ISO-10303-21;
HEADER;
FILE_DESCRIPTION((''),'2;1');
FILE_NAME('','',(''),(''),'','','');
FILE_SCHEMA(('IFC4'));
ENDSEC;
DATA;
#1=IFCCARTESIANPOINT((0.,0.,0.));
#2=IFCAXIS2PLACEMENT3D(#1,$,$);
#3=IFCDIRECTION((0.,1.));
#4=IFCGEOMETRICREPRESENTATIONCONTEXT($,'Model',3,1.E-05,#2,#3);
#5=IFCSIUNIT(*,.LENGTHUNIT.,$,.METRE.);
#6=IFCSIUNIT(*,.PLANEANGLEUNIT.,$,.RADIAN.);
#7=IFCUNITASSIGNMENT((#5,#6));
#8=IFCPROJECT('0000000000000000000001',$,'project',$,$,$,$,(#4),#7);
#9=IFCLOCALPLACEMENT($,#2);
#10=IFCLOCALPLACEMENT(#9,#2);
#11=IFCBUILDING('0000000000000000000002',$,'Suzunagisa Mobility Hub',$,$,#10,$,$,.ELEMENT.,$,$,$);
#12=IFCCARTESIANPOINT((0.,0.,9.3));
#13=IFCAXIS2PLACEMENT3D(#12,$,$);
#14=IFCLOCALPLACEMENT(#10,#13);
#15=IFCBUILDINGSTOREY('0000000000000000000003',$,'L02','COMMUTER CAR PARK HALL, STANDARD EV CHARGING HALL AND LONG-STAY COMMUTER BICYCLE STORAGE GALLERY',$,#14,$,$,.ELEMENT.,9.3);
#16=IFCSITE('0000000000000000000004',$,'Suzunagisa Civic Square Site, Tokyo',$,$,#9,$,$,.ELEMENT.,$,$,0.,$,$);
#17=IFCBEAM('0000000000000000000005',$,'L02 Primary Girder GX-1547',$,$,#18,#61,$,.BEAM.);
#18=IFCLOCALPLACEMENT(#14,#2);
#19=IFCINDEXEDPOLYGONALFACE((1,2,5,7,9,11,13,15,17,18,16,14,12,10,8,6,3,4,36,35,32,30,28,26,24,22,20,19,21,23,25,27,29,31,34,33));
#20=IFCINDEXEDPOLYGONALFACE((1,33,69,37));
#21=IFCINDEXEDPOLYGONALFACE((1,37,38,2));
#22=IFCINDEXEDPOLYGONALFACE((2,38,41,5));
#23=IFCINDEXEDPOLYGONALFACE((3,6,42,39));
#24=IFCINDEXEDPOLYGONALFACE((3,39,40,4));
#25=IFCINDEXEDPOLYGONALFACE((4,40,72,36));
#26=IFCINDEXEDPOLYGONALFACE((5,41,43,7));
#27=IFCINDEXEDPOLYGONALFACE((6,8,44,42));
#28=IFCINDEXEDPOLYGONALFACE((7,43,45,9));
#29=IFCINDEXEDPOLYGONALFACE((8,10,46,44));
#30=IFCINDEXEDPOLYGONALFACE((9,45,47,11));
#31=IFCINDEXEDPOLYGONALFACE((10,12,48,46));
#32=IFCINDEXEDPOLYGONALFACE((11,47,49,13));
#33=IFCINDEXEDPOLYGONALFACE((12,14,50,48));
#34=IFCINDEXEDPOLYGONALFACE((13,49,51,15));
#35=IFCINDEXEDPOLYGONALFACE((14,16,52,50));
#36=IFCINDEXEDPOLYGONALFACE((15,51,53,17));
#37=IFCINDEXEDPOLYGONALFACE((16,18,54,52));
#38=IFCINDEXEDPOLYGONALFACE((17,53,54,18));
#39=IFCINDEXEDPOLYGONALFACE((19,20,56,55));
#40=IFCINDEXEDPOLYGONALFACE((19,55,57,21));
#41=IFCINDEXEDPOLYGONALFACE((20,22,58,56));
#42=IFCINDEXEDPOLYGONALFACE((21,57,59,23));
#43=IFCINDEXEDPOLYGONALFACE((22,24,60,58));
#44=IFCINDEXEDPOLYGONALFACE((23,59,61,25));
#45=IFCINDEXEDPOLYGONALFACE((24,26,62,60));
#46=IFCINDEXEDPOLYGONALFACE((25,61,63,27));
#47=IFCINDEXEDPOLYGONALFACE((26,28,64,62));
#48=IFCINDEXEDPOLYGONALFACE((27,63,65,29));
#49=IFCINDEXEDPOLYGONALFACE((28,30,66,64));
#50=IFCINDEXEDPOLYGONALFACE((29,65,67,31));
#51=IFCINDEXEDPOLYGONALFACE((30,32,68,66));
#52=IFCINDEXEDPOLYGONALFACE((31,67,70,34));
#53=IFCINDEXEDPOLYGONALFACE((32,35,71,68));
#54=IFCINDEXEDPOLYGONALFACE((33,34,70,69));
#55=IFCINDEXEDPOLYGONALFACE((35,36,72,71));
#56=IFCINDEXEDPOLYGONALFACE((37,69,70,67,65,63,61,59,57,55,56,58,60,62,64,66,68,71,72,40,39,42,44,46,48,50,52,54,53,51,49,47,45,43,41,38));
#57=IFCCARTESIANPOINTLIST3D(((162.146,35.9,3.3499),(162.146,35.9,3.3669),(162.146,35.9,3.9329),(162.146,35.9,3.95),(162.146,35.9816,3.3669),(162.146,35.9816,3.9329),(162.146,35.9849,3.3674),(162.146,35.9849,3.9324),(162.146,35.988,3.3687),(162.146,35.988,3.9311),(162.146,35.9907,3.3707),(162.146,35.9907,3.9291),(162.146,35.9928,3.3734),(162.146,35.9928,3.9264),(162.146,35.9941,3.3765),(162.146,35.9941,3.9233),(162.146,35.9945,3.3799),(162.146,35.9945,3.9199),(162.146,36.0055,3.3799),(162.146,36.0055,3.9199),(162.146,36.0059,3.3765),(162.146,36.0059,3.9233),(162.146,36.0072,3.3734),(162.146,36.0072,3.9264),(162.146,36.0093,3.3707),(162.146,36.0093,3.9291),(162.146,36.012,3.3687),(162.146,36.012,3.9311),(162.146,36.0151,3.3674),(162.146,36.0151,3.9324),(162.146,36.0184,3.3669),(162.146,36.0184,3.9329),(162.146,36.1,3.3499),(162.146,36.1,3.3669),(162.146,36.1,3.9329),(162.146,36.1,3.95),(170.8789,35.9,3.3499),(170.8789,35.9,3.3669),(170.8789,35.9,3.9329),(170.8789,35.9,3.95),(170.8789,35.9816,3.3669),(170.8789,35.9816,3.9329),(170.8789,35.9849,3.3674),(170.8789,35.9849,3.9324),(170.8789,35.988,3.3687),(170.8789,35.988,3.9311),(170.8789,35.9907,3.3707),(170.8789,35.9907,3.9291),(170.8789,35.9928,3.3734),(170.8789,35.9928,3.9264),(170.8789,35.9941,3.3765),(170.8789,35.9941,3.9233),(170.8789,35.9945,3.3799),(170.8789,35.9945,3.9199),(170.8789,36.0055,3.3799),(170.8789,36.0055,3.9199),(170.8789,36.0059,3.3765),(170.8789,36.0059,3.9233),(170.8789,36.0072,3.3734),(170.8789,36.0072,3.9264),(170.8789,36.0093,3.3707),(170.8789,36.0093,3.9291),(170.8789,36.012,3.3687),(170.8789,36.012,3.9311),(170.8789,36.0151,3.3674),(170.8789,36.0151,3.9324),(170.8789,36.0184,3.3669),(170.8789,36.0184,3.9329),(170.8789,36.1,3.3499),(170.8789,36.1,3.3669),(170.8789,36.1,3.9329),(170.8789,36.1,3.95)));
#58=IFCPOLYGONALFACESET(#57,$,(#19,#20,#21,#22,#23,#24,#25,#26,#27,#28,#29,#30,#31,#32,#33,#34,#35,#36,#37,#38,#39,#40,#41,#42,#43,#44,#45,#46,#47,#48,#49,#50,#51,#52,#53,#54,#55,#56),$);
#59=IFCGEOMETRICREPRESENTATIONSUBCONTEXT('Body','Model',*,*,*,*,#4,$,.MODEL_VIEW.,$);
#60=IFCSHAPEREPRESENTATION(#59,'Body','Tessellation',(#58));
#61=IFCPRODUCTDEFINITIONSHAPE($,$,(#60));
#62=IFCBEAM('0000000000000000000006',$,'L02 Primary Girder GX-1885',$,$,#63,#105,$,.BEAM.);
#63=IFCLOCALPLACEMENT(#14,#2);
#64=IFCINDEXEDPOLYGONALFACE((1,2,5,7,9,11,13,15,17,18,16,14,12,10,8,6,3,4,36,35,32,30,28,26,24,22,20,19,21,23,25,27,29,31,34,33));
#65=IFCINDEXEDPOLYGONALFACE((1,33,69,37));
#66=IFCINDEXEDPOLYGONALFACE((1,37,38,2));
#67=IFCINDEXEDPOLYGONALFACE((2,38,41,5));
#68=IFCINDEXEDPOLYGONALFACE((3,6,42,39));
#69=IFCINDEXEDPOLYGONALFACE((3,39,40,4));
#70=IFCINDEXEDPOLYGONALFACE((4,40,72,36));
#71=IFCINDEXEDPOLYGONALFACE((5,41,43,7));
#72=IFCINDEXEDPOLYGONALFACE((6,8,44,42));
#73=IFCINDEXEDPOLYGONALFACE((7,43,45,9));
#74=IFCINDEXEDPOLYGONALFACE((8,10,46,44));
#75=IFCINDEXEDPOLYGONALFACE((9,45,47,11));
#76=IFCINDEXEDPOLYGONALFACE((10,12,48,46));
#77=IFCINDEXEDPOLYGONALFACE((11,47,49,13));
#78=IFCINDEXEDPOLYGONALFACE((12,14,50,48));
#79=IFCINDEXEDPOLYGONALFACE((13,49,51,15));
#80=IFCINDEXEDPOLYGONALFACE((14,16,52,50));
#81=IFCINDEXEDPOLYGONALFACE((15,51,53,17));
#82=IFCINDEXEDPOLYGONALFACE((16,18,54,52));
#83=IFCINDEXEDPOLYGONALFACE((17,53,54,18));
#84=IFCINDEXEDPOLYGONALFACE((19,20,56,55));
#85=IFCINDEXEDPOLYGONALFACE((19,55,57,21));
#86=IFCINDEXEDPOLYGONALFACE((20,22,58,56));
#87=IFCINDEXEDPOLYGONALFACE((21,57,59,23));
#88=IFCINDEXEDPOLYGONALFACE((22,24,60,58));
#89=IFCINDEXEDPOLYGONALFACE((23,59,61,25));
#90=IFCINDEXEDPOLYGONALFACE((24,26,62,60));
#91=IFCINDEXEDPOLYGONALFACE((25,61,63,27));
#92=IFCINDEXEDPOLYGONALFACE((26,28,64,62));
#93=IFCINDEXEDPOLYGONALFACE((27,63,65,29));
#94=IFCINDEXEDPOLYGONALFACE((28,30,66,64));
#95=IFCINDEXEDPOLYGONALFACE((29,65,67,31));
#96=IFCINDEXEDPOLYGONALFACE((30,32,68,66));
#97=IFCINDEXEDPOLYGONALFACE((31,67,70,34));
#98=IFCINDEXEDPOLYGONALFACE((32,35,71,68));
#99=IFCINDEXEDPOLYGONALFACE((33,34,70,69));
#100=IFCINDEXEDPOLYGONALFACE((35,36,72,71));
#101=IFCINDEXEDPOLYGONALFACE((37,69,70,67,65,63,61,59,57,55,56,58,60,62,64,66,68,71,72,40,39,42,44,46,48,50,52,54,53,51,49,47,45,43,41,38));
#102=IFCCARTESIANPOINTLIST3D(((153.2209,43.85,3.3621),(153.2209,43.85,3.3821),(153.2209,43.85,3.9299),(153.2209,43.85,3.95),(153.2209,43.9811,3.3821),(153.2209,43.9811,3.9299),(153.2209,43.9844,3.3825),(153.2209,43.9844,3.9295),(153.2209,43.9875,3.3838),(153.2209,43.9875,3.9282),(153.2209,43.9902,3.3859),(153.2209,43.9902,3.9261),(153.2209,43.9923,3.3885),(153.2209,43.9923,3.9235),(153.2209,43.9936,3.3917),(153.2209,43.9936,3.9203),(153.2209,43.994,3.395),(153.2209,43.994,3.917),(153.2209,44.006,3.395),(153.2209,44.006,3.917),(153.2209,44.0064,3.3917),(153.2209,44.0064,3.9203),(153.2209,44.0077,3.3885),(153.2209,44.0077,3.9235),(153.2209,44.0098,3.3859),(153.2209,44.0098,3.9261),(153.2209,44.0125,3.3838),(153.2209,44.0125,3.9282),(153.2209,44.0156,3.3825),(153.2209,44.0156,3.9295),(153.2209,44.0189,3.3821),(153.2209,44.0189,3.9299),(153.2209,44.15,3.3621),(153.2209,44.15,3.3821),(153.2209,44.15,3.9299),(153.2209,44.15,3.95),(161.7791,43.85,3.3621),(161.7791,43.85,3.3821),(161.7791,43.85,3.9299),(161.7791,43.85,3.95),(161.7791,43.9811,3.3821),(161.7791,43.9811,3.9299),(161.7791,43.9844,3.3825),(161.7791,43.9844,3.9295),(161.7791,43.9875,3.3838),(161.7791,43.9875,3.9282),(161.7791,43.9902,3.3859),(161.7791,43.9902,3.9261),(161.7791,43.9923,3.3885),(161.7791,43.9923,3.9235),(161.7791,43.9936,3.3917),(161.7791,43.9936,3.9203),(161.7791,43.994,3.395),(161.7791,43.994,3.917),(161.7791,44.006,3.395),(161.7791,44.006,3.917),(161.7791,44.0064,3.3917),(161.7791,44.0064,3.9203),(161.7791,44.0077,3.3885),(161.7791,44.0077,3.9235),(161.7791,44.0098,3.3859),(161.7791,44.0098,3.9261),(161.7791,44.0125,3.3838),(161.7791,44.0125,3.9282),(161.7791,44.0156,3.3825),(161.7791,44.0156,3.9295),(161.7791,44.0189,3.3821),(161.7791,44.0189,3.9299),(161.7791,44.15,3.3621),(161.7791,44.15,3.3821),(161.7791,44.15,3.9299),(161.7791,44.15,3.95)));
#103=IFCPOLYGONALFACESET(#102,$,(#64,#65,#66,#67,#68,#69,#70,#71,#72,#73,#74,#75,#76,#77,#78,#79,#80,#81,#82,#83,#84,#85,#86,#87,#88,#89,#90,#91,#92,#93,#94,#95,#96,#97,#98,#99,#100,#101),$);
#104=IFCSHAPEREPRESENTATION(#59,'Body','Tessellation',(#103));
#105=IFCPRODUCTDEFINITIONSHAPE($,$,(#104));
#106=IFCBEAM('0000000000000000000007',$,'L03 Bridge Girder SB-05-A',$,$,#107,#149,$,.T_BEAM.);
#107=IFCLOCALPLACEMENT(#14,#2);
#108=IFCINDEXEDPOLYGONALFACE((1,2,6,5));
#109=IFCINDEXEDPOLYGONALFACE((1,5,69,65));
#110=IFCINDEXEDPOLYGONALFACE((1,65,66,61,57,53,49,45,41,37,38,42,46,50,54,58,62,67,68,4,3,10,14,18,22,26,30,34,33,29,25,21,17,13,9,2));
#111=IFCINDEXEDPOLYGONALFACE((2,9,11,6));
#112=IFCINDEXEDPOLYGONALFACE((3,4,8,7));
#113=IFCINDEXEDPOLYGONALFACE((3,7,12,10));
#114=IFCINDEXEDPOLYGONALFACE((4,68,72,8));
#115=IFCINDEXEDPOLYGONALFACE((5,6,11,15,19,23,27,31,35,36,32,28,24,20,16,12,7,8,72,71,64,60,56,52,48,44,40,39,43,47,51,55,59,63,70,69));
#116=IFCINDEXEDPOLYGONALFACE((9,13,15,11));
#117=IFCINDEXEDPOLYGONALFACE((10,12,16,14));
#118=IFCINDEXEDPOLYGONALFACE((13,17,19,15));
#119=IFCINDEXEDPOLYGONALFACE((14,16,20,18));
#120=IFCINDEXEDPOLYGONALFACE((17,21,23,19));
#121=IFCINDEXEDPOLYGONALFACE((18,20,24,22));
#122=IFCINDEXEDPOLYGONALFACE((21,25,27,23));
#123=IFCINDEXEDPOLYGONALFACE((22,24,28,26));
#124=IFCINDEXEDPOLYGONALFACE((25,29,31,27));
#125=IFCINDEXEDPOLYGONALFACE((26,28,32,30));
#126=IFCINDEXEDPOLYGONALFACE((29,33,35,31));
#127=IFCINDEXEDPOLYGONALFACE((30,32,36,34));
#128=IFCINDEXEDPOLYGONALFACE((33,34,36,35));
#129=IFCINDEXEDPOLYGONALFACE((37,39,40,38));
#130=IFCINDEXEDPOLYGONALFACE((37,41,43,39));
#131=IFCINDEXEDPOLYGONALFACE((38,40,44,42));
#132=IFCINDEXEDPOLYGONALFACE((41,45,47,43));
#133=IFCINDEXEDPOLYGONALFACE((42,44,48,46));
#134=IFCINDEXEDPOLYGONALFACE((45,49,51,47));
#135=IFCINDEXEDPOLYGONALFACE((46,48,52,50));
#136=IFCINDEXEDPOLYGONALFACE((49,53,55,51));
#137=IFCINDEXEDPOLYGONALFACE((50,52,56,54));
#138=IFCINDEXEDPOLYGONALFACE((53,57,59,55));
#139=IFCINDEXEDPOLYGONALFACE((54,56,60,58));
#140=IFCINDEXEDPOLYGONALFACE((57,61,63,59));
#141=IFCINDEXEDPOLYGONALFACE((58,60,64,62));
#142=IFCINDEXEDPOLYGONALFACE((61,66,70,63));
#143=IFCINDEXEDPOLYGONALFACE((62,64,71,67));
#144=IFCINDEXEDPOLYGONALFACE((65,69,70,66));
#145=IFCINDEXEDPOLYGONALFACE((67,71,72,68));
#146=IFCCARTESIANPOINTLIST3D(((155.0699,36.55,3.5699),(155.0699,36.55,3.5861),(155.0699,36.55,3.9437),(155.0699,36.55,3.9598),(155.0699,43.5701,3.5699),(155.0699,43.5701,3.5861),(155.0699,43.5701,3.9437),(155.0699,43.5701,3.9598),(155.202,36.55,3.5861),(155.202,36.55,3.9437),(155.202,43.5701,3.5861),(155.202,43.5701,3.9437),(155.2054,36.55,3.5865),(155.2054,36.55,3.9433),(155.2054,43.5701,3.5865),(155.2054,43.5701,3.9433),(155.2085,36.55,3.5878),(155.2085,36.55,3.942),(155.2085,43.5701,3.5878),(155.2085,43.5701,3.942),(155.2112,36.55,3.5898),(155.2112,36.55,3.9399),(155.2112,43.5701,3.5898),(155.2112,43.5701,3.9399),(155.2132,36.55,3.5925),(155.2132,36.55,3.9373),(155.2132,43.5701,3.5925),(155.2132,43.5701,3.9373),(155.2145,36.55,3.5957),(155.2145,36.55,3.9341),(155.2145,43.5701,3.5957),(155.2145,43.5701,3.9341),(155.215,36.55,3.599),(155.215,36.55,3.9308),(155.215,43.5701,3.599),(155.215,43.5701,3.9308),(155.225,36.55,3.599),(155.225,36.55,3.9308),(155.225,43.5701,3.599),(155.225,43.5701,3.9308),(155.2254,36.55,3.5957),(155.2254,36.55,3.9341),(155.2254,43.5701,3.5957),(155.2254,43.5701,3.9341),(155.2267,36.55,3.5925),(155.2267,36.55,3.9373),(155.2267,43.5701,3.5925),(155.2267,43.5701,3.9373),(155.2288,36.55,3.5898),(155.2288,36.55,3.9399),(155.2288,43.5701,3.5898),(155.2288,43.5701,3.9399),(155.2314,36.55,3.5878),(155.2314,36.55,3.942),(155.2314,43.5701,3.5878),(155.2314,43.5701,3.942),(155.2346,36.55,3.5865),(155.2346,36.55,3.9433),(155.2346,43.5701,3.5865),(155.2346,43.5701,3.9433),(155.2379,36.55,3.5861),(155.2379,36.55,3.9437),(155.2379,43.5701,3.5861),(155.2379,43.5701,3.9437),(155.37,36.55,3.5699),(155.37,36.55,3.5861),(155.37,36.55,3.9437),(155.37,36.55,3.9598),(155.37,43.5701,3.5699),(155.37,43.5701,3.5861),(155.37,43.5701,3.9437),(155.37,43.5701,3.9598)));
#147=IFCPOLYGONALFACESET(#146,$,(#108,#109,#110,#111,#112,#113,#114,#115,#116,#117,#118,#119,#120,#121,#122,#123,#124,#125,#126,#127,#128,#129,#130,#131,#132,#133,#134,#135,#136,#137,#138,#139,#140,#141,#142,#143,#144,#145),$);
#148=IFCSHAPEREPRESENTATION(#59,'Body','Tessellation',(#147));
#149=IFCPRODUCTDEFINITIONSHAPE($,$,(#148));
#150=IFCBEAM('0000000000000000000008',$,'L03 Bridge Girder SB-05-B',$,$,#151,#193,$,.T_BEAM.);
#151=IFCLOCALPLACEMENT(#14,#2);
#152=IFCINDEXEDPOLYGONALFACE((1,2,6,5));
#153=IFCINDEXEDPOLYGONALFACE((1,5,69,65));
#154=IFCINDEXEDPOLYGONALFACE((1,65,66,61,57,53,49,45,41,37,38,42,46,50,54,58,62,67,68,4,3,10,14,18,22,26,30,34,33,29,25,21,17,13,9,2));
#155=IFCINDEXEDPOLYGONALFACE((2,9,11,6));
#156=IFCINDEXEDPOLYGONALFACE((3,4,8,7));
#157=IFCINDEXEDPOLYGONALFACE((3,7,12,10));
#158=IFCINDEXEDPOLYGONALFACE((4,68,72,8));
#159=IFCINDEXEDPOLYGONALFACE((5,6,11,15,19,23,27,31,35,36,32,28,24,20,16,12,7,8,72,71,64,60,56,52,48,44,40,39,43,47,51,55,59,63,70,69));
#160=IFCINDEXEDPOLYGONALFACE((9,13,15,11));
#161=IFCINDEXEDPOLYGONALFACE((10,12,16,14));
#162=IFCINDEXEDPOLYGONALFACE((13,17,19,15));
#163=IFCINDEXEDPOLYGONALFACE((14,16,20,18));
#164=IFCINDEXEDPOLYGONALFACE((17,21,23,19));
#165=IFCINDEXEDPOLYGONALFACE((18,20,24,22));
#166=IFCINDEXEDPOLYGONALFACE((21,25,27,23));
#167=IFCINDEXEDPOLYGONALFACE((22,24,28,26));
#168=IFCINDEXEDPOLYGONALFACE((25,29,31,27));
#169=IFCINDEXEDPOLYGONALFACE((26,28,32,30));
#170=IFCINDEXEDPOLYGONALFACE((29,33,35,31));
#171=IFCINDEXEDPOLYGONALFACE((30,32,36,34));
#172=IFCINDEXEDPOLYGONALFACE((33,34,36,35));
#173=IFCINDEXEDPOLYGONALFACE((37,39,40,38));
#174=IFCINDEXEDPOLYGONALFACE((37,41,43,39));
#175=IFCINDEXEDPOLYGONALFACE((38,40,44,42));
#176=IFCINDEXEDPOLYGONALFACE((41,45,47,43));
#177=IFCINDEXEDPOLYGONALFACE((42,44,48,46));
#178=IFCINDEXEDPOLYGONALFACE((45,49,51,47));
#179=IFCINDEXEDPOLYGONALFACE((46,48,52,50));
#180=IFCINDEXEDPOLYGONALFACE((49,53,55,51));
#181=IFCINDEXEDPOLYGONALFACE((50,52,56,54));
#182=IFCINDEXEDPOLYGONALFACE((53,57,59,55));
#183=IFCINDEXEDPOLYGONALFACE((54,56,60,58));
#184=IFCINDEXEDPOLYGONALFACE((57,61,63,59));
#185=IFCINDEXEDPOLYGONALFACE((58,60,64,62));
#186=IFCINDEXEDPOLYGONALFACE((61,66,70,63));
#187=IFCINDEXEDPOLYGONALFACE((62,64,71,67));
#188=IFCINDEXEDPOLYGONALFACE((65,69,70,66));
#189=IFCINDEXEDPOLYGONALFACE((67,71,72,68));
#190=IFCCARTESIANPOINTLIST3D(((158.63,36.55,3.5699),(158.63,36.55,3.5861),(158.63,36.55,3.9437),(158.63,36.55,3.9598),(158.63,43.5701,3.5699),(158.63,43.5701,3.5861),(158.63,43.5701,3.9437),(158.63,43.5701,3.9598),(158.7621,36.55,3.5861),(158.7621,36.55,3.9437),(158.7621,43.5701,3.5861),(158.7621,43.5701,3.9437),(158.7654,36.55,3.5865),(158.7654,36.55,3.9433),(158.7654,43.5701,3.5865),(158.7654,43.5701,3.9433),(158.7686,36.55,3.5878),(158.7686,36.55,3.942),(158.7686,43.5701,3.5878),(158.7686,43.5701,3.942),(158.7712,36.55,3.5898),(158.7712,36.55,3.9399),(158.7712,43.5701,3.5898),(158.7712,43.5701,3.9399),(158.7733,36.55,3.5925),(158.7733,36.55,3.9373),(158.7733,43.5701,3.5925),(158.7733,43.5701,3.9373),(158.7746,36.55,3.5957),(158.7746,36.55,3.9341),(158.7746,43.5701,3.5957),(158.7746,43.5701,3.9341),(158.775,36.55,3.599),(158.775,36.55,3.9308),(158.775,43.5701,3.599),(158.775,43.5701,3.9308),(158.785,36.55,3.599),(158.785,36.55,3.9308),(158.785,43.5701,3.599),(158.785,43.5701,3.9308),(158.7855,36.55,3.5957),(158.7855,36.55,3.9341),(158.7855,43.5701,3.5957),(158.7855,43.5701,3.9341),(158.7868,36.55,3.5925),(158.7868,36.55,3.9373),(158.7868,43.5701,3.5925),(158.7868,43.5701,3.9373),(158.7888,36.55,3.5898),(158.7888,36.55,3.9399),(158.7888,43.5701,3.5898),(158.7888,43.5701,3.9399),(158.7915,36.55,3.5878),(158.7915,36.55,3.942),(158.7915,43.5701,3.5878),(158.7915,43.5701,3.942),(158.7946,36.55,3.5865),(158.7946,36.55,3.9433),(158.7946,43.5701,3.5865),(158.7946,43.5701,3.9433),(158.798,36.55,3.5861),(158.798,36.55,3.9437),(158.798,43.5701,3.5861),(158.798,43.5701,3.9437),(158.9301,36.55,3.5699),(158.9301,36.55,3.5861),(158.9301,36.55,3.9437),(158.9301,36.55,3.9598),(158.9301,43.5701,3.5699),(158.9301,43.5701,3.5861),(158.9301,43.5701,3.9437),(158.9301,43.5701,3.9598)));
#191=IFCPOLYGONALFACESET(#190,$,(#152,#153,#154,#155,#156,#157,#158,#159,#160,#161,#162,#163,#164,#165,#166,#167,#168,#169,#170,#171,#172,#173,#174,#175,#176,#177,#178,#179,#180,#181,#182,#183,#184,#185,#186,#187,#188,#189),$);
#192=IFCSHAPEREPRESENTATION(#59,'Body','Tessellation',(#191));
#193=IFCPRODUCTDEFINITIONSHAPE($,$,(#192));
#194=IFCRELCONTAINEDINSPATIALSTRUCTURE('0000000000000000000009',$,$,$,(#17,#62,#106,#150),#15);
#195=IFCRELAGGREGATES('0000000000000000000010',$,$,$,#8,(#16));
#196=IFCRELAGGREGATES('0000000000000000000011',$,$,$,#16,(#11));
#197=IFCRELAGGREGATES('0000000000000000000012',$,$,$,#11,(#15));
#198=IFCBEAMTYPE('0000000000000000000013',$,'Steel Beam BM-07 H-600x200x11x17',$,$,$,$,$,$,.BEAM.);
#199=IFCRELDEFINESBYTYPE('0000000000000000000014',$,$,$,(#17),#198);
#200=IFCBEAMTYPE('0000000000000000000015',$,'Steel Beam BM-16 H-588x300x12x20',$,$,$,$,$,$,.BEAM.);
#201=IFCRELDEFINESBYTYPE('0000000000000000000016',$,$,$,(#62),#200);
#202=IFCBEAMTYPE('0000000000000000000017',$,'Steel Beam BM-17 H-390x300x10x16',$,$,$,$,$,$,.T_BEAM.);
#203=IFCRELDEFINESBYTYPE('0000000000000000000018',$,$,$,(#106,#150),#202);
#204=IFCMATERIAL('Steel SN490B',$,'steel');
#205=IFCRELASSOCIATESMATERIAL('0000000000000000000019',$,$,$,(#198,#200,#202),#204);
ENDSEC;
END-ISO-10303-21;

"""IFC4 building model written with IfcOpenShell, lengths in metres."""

from ifc_helpers import new_model, si_unit, direction, frame, origin, origin_2d, place, context, subcontext, project, spatial, i_section, extrude, material, material_profile, profile_set, type_object, element, save


model = new_model("IFC4")

# Units and contexts
model_context = context("Model", 3, precision=1e-05, world=origin(), true_north=direction((0.0, 1.0)))
body_context = subcontext(model_context, "Body", "Model", "MODEL_VIEW")
ifc_project = project(units=[si_unit("LENGTHUNIT", "METRE"), si_unit("PLANEANGLEUNIT", "RADIAN")], contexts=[model_context])

# Site, building, storey
site_placement = place(None, origin())
site = spatial("IfcSite", under=ifc_project, at=site_placement, Name="Suzunagisa Civic Square Site, Tokyo", CompositionType="ELEMENT", RefElevation=0.0)
building_placement = place(site_placement, origin())
building = spatial("IfcBuilding", under=site, at=building_placement, Name="Suzunagisa Mobility Hub", CompositionType="ELEMENT")
storey_placement = place(building_placement, frame((0.0, 0.0, 9.3)))
storey = spatial("IfcBuildingStorey", under=building, at=storey_placement, Name="L02", Description="COMMUTER CAR PARK HALL, STANDARD EV CHARGING HALL AND LONG-STAY COMMUTER BICYCLE STORAGE GALLERY", CompositionType="ELEMENT", Elevation=9.3)

# Shared definitions
ifc_material_1 = material(Name="Steel SN490B", Category="steel")

# Beams
ifc_material_profile_1 = material_profile(ifc_material_1, i_section(OverallWidth=0.2, OverallDepth=0.6001, WebThickness=0.011, FlangeThickness=0.0171, FilletRadius=0.0129, at=origin_2d()), Name="H-600x200x11x17")
ifc_profile_set_1 = profile_set([ifc_material_profile_1], Name="Steel SN490B")
beam_type_1 = type_object("IfcBeamType", Name="Steel Beam BM-07 H-600x200x11x17", PredefinedType="BEAM", material=ifc_profile_set_1)
for number, where, z_axis, x_axis, name in (
    (1, (162.146, 36.0, 3.6499), (1.0, 0.0, 0.0), (0.0, 1.0, 0.0), "L02 Primary Girder GX-1547"),
):
    element("IfcBeam", number, at=place(storey_placement, frame(where, z_axis=z_axis, x_axis=x_axis)), inside=storey, type_object=beam_type_1, Name=name, PredefinedType="BEAM", context=body_context, shape_type="SweptSolid", body=[
        extrude(i_section(OverallWidth=0.2, OverallDepth=0.6001, WebThickness=0.011, FlangeThickness=0.0171, FilletRadius=0.0129, at=origin_2d()), origin(), (0.0, 0.0, 1.0), 8.7329),
    ])
ifc_material_profile_2 = material_profile(ifc_material_1, i_section(OverallWidth=0.3, OverallDepth=0.5879, WebThickness=0.012, FlangeThickness=0.02, FilletRadius=0.0129, at=origin_2d()), Name="H-588x300x12x20")
ifc_profile_set_2 = profile_set([ifc_material_profile_2], Name="Steel SN490B")
beam_type_2 = type_object("IfcBeamType", Name="Steel Beam BM-16 H-588x300x12x20", PredefinedType="BEAM", material=ifc_profile_set_2)
beam_1_placement = place(storey_placement, frame((153.2209, 44.0, 3.656), z_axis=(1.0, 0.0, 0.0), x_axis=(0.0, 1.0, 0.0)))
element("IfcBeam", 2, at=beam_1_placement, inside=storey, type_object=beam_type_2, Name="L02 Primary Girder GX-1885", PredefinedType="BEAM", context=body_context, shape_type="SweptSolid", body=[
    extrude(i_section(OverallWidth=0.3, OverallDepth=0.5879, WebThickness=0.012, FlangeThickness=0.02, FilletRadius=0.0129, at=origin_2d()), origin(), (0.0, 0.0, 1.0), 8.5581),
])
ifc_material_profile_3 = material_profile(ifc_material_1, i_section(OverallWidth=0.3, OverallDepth=0.3899, WebThickness=0.01, FlangeThickness=0.0161, FilletRadius=0.0129, at=origin_2d()), Name="H-390x300x10x16")
ifc_profile_set_3 = profile_set([ifc_material_profile_3], Name="Steel SN490B")
beam_type_3 = type_object("IfcBeamType", Name="Steel Beam BM-17 H-390x300x10x16", PredefinedType="T_BEAM", material=ifc_profile_set_3)
for number, where, z_axis, x_axis, name in (
    (3, (155.22, 36.55, 3.7649), (0.0, 1.0, 0.0), (-1.0, 0.0, 0.0), "L03 Bridge Girder SB-05-A"),
    (4, (158.78, 36.55, 3.7649), (0.0, 1.0, 0.0), (-1.0, 0.0, 0.0), "L03 Bridge Girder SB-05-B"),
):
    element("IfcBeam", number, at=place(storey_placement, frame(where, z_axis=z_axis, x_axis=x_axis)), inside=storey, type_object=beam_type_3, Name=name, PredefinedType="T_BEAM", context=body_context, shape_type="SweptSolid", body=[
        extrude(i_section(OverallWidth=0.3, OverallDepth=0.3899, WebThickness=0.01, FlangeThickness=0.0161, FilletRadius=0.0129, at=origin_2d()), origin(), (0.0, 0.0, 1.0), 7.02),
    ])

save(model, "model.ifc")
